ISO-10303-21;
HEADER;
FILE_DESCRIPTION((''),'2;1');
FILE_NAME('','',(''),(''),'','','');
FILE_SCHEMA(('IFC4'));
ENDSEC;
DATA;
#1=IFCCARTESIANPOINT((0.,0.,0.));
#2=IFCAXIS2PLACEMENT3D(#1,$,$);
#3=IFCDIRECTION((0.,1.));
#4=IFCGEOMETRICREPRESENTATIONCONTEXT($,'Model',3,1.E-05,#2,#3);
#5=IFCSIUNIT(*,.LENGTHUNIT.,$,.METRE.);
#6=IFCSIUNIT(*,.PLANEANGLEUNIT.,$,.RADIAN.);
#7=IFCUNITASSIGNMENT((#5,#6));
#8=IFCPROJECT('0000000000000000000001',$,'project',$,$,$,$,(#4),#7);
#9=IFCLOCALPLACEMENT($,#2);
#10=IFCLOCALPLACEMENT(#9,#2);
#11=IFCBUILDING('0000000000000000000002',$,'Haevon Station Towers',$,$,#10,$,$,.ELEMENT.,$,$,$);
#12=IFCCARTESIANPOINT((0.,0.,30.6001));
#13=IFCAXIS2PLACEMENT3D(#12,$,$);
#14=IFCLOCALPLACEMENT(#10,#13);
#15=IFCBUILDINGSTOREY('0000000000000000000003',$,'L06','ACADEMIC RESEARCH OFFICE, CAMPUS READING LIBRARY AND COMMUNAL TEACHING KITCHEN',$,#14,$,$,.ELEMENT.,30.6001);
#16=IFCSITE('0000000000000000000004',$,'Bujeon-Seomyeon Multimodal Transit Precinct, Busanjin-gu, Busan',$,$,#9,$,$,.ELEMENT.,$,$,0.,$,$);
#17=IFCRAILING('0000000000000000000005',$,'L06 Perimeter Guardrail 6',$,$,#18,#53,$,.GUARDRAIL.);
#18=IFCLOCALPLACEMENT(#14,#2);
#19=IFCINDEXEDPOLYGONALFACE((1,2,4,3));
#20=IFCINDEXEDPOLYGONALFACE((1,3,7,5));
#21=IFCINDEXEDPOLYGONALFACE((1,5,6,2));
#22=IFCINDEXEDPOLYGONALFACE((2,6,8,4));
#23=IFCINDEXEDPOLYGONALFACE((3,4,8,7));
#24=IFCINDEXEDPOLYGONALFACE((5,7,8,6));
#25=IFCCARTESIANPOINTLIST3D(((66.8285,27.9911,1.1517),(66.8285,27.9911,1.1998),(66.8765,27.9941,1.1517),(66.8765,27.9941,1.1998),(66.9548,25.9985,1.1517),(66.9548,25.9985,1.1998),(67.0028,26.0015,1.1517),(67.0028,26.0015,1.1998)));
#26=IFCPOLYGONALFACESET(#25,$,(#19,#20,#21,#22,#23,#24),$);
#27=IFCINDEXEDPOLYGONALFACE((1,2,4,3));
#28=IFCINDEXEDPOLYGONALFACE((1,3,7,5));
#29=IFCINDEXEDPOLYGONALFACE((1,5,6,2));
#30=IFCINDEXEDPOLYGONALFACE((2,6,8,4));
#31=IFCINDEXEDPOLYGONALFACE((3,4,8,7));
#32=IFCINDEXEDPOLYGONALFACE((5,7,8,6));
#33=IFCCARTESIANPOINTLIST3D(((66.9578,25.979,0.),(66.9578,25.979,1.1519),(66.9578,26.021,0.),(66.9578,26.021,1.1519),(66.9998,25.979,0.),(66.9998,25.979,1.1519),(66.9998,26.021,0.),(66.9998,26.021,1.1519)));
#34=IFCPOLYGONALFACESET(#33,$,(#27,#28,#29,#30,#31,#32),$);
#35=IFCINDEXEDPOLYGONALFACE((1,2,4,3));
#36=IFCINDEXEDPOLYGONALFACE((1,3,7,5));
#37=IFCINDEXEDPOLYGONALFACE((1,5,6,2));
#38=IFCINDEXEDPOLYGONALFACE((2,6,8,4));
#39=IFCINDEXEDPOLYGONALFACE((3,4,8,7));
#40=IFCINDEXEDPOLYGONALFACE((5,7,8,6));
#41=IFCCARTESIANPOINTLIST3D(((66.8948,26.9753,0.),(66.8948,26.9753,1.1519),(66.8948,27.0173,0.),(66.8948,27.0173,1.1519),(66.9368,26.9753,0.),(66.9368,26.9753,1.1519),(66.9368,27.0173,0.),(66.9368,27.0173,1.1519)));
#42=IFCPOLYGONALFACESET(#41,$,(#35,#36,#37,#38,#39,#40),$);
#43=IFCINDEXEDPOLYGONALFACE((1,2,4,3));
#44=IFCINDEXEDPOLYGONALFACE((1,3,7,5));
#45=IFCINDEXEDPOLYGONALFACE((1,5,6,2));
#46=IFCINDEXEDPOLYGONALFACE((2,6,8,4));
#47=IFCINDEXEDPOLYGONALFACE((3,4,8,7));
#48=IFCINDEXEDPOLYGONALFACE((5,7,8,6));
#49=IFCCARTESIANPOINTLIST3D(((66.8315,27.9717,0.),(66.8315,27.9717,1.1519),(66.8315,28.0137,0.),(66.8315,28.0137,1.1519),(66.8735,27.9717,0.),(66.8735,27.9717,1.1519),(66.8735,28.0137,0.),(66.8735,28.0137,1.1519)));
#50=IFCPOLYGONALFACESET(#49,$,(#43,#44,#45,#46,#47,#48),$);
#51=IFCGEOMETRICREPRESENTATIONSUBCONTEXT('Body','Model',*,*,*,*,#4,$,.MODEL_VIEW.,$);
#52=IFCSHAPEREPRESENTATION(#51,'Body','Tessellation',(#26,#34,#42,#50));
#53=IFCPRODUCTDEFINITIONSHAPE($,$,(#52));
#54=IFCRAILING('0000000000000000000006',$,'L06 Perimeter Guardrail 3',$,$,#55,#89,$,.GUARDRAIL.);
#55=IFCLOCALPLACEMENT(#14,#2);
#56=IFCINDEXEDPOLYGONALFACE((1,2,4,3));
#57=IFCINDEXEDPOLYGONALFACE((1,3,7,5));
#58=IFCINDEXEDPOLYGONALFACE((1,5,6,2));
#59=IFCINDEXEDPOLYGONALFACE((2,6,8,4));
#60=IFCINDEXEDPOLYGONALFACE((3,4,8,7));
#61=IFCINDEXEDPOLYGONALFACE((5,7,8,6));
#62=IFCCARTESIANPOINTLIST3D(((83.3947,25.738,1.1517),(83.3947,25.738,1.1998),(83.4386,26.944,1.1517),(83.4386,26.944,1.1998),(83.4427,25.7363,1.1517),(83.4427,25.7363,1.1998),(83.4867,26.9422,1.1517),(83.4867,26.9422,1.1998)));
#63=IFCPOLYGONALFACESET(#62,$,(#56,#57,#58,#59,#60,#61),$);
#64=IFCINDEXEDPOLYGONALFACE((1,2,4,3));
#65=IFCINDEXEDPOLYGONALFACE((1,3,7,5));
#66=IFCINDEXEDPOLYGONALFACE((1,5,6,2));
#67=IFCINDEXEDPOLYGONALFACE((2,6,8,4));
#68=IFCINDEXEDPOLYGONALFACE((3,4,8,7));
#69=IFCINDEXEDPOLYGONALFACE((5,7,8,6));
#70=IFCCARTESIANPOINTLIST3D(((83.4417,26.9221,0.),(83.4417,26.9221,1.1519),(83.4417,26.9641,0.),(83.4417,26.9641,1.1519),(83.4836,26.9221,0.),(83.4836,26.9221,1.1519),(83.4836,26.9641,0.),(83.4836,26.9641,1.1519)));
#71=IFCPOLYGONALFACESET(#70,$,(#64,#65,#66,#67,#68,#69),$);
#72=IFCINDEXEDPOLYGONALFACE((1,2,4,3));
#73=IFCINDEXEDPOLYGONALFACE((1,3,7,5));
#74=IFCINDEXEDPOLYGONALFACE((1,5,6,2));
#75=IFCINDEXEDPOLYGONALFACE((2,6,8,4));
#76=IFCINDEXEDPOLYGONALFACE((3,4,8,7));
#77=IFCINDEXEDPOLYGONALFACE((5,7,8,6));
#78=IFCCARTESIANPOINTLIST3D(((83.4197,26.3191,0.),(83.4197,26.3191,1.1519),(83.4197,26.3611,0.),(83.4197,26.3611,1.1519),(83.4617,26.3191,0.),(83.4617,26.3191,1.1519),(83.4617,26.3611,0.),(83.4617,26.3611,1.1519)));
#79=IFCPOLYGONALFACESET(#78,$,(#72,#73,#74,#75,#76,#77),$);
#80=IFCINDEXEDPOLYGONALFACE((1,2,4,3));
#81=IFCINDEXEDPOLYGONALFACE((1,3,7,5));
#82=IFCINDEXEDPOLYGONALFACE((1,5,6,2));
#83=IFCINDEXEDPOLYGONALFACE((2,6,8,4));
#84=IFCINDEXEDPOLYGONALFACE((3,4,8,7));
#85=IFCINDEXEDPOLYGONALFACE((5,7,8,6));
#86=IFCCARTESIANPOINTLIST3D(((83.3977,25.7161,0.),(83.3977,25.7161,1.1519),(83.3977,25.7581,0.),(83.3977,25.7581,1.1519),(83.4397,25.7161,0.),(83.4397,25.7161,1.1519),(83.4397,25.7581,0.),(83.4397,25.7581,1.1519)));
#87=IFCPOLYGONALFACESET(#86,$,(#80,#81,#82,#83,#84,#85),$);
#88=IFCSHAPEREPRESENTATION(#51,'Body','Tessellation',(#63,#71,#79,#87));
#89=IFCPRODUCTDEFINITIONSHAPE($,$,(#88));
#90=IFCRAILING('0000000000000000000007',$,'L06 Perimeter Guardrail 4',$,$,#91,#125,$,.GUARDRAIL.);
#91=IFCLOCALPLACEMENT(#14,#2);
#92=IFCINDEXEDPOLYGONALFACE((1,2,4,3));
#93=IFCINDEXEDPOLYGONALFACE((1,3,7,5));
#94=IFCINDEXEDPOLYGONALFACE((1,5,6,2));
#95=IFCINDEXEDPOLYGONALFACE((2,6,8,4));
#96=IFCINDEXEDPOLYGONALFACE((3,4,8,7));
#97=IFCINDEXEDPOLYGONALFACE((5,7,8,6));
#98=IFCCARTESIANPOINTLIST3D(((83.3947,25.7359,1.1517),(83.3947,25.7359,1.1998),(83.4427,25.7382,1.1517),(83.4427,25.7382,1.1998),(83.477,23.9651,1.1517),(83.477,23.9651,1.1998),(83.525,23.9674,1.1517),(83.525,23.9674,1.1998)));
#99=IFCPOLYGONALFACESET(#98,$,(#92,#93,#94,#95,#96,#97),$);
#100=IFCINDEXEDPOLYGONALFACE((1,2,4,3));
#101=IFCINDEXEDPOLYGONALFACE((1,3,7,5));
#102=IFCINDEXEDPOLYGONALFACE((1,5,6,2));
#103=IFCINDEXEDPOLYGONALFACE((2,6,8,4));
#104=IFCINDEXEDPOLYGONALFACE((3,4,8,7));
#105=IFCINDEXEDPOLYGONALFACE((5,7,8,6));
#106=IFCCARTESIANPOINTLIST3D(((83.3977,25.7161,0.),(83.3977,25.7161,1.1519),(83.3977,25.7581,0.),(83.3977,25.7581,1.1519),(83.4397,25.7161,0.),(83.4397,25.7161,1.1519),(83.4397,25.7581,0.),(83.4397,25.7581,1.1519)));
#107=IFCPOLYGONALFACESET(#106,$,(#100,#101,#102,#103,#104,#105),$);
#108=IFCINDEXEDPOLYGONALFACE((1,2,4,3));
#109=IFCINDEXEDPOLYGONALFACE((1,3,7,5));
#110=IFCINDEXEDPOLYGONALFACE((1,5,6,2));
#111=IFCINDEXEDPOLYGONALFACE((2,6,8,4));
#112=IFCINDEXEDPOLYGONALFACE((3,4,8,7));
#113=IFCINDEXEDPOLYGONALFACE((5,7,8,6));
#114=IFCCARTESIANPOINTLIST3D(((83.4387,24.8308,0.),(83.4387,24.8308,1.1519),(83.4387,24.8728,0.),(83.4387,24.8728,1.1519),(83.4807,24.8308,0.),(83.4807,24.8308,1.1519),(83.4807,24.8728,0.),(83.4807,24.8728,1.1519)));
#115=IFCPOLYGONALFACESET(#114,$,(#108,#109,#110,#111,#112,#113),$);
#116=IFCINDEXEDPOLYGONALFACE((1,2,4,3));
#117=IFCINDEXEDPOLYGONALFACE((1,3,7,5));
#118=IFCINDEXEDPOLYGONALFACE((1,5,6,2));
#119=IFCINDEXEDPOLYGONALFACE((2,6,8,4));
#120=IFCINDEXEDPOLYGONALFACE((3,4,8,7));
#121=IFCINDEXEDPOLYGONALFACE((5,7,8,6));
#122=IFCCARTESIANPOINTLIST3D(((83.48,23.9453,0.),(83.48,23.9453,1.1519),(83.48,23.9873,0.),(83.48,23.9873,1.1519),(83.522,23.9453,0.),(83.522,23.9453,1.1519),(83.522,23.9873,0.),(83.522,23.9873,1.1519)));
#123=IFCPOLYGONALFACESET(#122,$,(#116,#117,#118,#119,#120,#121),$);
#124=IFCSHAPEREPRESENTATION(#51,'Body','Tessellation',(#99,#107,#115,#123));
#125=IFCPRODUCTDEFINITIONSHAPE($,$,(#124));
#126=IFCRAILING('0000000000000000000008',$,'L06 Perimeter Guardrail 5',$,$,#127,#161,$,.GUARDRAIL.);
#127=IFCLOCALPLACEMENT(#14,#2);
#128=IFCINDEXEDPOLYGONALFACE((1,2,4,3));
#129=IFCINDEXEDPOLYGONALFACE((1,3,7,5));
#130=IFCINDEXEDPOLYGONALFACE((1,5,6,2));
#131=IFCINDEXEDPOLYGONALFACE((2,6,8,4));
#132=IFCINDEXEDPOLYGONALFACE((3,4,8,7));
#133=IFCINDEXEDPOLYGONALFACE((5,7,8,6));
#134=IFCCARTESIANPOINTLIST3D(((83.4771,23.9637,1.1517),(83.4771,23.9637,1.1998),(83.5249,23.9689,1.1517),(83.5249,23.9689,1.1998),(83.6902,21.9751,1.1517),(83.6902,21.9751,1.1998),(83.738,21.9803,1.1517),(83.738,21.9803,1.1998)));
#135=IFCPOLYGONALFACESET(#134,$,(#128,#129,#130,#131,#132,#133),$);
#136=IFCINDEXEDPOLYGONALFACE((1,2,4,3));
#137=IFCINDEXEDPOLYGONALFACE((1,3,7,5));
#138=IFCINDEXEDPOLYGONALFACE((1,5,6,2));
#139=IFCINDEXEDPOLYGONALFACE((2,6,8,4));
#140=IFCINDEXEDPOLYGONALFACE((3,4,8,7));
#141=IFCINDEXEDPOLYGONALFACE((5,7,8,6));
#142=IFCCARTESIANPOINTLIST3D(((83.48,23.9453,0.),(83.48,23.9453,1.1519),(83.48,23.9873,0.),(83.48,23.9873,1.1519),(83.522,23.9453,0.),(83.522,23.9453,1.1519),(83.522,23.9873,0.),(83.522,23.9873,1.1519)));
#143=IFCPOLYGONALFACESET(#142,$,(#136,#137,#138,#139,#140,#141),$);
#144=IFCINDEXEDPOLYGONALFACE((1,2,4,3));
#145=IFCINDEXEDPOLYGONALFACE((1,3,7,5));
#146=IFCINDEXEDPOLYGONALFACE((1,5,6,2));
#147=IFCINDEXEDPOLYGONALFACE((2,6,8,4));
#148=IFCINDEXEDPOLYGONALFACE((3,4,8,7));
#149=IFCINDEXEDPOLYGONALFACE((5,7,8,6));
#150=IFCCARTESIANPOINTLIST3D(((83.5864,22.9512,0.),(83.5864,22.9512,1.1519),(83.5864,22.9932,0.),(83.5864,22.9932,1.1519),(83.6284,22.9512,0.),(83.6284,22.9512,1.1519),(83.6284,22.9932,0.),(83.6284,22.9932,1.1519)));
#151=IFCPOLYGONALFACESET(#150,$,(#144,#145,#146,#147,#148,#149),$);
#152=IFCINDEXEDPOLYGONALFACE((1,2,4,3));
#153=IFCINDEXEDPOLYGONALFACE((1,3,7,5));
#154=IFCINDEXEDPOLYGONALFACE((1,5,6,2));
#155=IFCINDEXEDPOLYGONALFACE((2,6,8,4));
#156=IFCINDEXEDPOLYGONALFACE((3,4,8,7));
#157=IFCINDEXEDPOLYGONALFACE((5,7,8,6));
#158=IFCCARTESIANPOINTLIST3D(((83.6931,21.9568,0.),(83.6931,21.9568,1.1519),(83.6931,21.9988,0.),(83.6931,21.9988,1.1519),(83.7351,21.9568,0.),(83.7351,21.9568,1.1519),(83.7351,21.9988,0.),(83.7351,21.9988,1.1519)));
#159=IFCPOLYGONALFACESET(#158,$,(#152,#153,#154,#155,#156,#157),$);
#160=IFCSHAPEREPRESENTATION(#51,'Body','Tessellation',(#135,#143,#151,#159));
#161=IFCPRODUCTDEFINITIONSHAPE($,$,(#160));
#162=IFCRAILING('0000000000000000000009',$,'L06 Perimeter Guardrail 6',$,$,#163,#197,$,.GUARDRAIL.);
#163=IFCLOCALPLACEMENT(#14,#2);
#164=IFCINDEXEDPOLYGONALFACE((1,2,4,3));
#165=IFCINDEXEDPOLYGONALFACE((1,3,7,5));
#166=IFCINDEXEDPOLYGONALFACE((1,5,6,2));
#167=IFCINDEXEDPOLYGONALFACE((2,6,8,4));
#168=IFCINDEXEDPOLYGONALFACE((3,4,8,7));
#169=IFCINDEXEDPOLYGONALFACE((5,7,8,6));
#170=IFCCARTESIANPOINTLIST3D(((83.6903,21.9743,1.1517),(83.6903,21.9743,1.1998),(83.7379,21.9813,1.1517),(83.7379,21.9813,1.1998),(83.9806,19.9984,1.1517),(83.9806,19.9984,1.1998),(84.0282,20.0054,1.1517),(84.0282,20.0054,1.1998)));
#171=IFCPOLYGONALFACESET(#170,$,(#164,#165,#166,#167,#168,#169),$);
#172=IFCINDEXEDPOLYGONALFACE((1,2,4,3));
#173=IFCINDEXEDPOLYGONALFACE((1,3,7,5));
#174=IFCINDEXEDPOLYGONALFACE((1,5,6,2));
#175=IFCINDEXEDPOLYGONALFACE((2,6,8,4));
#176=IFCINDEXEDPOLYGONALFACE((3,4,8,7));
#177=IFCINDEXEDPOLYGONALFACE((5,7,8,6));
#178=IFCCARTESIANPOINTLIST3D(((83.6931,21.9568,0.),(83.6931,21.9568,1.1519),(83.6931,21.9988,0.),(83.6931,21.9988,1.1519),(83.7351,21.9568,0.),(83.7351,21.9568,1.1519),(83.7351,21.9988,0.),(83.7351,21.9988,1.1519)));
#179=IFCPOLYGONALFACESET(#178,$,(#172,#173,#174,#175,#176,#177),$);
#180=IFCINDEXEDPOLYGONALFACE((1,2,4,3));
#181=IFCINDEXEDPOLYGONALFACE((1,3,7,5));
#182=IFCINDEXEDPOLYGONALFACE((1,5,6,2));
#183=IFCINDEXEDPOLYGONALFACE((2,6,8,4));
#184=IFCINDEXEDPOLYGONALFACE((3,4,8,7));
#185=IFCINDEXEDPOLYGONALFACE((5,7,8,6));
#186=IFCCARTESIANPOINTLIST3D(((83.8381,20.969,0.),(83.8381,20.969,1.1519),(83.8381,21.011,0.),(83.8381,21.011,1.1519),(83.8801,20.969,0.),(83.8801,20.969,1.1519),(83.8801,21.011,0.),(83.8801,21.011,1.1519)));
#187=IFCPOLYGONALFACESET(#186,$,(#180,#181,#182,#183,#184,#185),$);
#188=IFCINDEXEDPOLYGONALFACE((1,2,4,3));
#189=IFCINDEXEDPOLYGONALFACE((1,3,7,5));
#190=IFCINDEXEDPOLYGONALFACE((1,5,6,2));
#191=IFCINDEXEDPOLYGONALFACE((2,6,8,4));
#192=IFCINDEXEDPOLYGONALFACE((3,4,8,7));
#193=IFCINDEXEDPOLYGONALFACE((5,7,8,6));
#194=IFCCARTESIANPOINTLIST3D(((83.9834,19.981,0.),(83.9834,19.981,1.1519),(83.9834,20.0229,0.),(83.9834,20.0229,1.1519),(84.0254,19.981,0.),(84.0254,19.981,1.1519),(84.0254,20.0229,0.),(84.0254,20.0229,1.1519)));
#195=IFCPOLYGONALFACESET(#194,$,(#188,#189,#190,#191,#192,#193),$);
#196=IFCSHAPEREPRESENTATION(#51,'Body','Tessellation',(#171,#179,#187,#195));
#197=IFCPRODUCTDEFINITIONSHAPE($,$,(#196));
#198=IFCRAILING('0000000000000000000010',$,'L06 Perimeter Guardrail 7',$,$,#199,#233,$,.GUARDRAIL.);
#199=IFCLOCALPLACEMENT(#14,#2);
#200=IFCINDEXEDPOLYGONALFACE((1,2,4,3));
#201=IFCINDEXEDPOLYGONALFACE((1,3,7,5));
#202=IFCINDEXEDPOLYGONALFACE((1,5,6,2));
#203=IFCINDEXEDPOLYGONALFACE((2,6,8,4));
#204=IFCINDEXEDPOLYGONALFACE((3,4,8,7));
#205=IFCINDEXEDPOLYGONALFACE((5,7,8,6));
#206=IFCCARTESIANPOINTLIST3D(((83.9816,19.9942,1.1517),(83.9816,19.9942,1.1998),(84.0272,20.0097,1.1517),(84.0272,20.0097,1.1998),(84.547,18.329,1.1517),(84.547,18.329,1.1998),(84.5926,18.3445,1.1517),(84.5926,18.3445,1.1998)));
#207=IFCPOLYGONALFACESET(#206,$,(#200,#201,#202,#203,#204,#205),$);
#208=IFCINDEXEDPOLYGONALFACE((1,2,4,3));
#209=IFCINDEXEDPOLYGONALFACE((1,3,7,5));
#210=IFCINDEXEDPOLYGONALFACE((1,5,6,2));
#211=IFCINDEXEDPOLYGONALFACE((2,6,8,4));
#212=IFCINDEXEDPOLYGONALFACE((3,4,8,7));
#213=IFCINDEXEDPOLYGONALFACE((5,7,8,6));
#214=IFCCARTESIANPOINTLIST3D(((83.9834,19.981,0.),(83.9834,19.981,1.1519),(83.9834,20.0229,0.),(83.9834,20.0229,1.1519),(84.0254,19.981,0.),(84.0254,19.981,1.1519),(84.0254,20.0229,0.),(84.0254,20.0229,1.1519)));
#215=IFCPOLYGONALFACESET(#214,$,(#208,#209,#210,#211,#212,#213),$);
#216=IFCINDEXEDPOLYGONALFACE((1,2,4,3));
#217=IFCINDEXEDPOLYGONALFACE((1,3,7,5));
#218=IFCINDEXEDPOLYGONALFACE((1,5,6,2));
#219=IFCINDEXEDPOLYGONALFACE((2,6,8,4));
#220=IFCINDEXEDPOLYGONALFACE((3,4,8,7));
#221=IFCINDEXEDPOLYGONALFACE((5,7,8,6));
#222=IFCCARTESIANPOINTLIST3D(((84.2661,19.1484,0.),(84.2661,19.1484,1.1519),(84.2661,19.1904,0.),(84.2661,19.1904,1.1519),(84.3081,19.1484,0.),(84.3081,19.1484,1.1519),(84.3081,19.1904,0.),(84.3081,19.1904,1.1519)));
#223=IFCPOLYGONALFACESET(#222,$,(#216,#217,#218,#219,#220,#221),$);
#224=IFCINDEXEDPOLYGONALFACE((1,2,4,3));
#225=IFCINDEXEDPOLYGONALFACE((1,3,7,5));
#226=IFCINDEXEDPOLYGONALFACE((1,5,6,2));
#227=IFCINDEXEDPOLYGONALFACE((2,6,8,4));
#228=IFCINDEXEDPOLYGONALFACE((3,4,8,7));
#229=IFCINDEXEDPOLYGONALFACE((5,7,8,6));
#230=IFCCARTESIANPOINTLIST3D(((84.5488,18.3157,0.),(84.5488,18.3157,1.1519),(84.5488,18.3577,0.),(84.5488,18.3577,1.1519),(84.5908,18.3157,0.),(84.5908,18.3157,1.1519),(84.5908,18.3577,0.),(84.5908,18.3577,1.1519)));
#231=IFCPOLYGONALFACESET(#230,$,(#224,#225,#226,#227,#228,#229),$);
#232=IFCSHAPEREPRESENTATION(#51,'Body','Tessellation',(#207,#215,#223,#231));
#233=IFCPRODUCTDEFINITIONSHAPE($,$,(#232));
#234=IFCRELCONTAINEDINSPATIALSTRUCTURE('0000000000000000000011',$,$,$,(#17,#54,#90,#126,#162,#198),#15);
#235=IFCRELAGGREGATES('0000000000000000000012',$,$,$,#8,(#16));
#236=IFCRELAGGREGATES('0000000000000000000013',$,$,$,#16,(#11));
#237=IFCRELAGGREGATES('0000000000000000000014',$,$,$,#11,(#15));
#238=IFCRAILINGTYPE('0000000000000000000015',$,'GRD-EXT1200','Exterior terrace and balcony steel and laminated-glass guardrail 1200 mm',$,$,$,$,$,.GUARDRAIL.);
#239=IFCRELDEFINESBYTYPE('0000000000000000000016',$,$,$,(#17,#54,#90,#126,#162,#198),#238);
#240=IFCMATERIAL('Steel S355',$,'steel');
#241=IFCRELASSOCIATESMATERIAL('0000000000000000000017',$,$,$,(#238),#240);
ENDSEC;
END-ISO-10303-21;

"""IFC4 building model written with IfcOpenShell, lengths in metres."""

from ifc_helpers import new_model, si_unit, direction, frame, origin, origin_2d, place, context, subcontext, project, spatial, rectangle, extrude, material, type_object, element, save


model = new_model("IFC4")

# Units and contexts
model_context = context("Model", 3, precision=1e-05, world=origin(), true_north=direction((0.0, 1.0)))
body_context = subcontext(model_context, "Body", "Model", "MODEL_VIEW")
ifc_project = project(units=[si_unit("LENGTHUNIT", "METRE"), si_unit("PLANEANGLEUNIT", "RADIAN")], contexts=[model_context])

# Site, building, storey
site_placement = place(None, origin())
site = spatial("IfcSite", under=ifc_project, at=site_placement, Name="Bujeon-Seomyeon Multimodal Transit Precinct, Busanjin-gu, Busan", CompositionType="ELEMENT", RefElevation=0.0)
building_placement = place(site_placement, origin())
building = spatial("IfcBuilding", under=site, at=building_placement, Name="Haevon Station Towers", CompositionType="ELEMENT")
storey_placement = place(building_placement, frame((0.0, 0.0, 30.6001)))
storey = spatial("IfcBuildingStorey", under=building, at=storey_placement, Name="L06", Description="ACADEMIC RESEARCH OFFICE, CAMPUS READING LIBRARY AND COMMUNAL TEACHING KITCHEN", CompositionType="ELEMENT", Elevation=30.6001)

# Railings
ifc_material_1 = material(Name="Steel S355", Category="steel")
railing_type = type_object("IfcRailingType", Name="GRD-EXT1200", Description="Exterior terrace and balcony steel and laminated-glass guardrail 1200 mm", PredefinedType="GUARDRAIL", material=ifc_material_1)
railing_1_placement = place(storey_placement, frame((66.9788, 26.0, 0.0)))
element("IfcRailing", 1, at=railing_1_placement, inside=storey, type_object=railing_type, Name="L06 Perimeter Guardrail 6", PredefinedType="GUARDRAIL", context=body_context, shape_type="SweptSolid", body=[
    extrude(rectangle(XDim=0.0481, YDim=0.0481, at=origin_2d()), frame((0.0, 0.0, 1.1758), z_axis=(-0.063216, 0.998, 0.0), x_axis=(-0.998, -0.063216, 0.0)), (0.0, 0.0, 1.0), 1.9966),
    extrude(rectangle(XDim=0.042, YDim=0.042, at=origin_2d()), origin(), (0.0, 0.0, 1.0), 1.1519),
    extrude(rectangle(XDim=0.042, YDim=0.042, at=origin_2d()), frame((-0.063, 0.9963, 0.0)), (0.0, 0.0, 1.0), 1.1519),
    extrude(rectangle(XDim=0.042, YDim=0.042, at=origin_2d()), frame((-0.1262, 1.9927, 0.0)), (0.0, 0.0, 1.0), 1.1519),
])
railing_2_placement = place(storey_placement, frame((83.4626, 26.9431, 0.0)))
element("IfcRailing", 2, at=railing_2_placement, inside=storey, type_object=railing_type, Name="L06 Perimeter Guardrail 3", PredefinedType="GUARDRAIL", context=body_context, shape_type="SweptSolid", body=[
    extrude(rectangle(XDim=0.0481, YDim=0.0481, at=origin_2d()), frame((0.0, 0.0, 1.1758), z_axis=(-0.036413, -0.999337, 0.0), x_axis=(0.999337, -0.036413, 0.0)), (0.0, 0.0, 1.0), 1.2068),
    extrude(rectangle(XDim=0.042, YDim=0.042, at=origin_2d()), origin(), (0.0, 0.0, 1.0), 1.1519),
    extrude(rectangle(XDim=0.042, YDim=0.042, at=origin_2d()), frame((-0.022, -0.603, 0.0)), (0.0, 0.0, 1.0), 1.1519),
    extrude(rectangle(XDim=0.042, YDim=0.042, at=origin_2d()), frame((-0.0439, -1.2061, 0.0)), (0.0, 0.0, 1.0), 1.1519),
])
railing_3_placement = place(storey_placement, frame((83.4187, 25.7371, 0.0)))
element("IfcRailing", 3, at=railing_3_placement, inside=storey, type_object=railing_type, Name="L06 Perimeter Guardrail 4", PredefinedType="GUARDRAIL", context=body_context, shape_type="SweptSolid", body=[
    extrude(rectangle(XDim=0.0481, YDim=0.0481, at=origin_2d()), frame((0.0, 0.0, 1.1758), z_axis=(0.046413, -0.998922, 0.0), x_axis=(0.998922, 0.046413, 0.0)), (0.0, 0.0, 1.0), 1.7727),
    extrude(rectangle(XDim=0.042, YDim=0.042, at=origin_2d()), origin(), (0.0, 0.0, 1.0), 1.1519),
    extrude(rectangle(XDim=0.042, YDim=0.042, at=origin_2d()), frame((0.041, -0.8853, 0.0)), (0.0, 0.0, 1.0), 1.1519),
    extrude(rectangle(XDim=0.042, YDim=0.042, at=origin_2d()), frame((0.0823, -1.7708, 0.0)), (0.0, 0.0, 1.0), 1.1519),
])
railing_4_placement = place(storey_placement, frame((83.501, 23.9663, 0.0)))
element("IfcRailing", 4, at=railing_4_placement, inside=storey, type_object=railing_type, Name="L06 Perimeter Guardrail 5", PredefinedType="GUARDRAIL", context=body_context, shape_type="SweptSolid", body=[
    extrude(rectangle(XDim=0.0481, YDim=0.0481, at=origin_2d()), frame((0.0, 0.0, 1.1758), z_axis=(0.106572, -0.994305, 0.0), x_axis=(0.994305, 0.106572, 0.0)), (0.0, 0.0, 1.0), 2.0),
    extrude(rectangle(XDim=0.042, YDim=0.042, at=origin_2d()), origin(), (0.0, 0.0, 1.0), 1.1519),
    extrude(rectangle(XDim=0.042, YDim=0.042, at=origin_2d()), frame((0.1064, -0.9941, 0.0)), (0.0, 0.0, 1.0), 1.1519),
    extrude(rectangle(XDim=0.042, YDim=0.042, at=origin_2d()), frame((0.2131, -1.9885, 0.0)), (0.0, 0.0, 1.0), 1.1519),
])
railing_5_placement = place(storey_placement, frame((83.7141, 21.9778, 0.0)))
element("IfcRailing", 5, at=railing_5_placement, inside=storey, type_object=railing_type, Name="L06 Perimeter Guardrail 6", PredefinedType="GUARDRAIL", context=body_context, shape_type="SweptSolid", body=[
    extrude(rectangle(XDim=0.0481, YDim=0.0481, at=origin_2d()), frame((0.0, 0.0, 1.1758), z_axis=(0.145357, -0.989379, 0.0), x_axis=(0.989379, 0.145357, 0.0)), (0.0, 0.0, 1.0), 1.9971),
    extrude(rectangle(XDim=0.042, YDim=0.042, at=origin_2d()), origin(), (0.0, 0.0, 1.0), 1.1519),
    extrude(rectangle(XDim=0.042, YDim=0.042, at=origin_2d()), frame((0.145, -0.9878, 0.0)), (0.0, 0.0, 1.0), 1.1519),
    extrude(rectangle(XDim=0.042, YDim=0.042, at=origin_2d()), frame((0.2903, -1.9758, 0.0)), (0.0, 0.0, 1.0), 1.1519),
])
railing_6_placement = place(storey_placement, frame((84.0044, 20.002, 0.0)))
element("IfcRailing", 6, at=railing_6_placement, inside=storey, type_object=railing_type, Name="L06 Perimeter Guardrail 7", PredefinedType="GUARDRAIL", context=body_context, shape_type="SweptSolid", body=[
    extrude(rectangle(XDim=0.0481, YDim=0.0481, at=origin_2d()), frame((0.0, 0.0, 1.1758), z_axis=(0.321512, -0.946906, 0.0), x_axis=(0.946906, 0.321512, 0.0)), (0.0, 0.0, 1.0), 1.7585),
    extrude(rectangle(XDim=0.042, YDim=0.042, at=origin_2d()), origin(), (0.0, 0.0, 1.0), 1.1519),
    extrude(rectangle(XDim=0.042, YDim=0.042, at=origin_2d()), frame((0.2827, -0.8325, 0.0)), (0.0, 0.0, 1.0), 1.1519),
    extrude(rectangle(XDim=0.042, YDim=0.042, at=origin_2d()), frame((0.5654, -1.6653, 0.0)), (0.0, 0.0, 1.0), 1.1519),
])

save(model, "model.ifc")
